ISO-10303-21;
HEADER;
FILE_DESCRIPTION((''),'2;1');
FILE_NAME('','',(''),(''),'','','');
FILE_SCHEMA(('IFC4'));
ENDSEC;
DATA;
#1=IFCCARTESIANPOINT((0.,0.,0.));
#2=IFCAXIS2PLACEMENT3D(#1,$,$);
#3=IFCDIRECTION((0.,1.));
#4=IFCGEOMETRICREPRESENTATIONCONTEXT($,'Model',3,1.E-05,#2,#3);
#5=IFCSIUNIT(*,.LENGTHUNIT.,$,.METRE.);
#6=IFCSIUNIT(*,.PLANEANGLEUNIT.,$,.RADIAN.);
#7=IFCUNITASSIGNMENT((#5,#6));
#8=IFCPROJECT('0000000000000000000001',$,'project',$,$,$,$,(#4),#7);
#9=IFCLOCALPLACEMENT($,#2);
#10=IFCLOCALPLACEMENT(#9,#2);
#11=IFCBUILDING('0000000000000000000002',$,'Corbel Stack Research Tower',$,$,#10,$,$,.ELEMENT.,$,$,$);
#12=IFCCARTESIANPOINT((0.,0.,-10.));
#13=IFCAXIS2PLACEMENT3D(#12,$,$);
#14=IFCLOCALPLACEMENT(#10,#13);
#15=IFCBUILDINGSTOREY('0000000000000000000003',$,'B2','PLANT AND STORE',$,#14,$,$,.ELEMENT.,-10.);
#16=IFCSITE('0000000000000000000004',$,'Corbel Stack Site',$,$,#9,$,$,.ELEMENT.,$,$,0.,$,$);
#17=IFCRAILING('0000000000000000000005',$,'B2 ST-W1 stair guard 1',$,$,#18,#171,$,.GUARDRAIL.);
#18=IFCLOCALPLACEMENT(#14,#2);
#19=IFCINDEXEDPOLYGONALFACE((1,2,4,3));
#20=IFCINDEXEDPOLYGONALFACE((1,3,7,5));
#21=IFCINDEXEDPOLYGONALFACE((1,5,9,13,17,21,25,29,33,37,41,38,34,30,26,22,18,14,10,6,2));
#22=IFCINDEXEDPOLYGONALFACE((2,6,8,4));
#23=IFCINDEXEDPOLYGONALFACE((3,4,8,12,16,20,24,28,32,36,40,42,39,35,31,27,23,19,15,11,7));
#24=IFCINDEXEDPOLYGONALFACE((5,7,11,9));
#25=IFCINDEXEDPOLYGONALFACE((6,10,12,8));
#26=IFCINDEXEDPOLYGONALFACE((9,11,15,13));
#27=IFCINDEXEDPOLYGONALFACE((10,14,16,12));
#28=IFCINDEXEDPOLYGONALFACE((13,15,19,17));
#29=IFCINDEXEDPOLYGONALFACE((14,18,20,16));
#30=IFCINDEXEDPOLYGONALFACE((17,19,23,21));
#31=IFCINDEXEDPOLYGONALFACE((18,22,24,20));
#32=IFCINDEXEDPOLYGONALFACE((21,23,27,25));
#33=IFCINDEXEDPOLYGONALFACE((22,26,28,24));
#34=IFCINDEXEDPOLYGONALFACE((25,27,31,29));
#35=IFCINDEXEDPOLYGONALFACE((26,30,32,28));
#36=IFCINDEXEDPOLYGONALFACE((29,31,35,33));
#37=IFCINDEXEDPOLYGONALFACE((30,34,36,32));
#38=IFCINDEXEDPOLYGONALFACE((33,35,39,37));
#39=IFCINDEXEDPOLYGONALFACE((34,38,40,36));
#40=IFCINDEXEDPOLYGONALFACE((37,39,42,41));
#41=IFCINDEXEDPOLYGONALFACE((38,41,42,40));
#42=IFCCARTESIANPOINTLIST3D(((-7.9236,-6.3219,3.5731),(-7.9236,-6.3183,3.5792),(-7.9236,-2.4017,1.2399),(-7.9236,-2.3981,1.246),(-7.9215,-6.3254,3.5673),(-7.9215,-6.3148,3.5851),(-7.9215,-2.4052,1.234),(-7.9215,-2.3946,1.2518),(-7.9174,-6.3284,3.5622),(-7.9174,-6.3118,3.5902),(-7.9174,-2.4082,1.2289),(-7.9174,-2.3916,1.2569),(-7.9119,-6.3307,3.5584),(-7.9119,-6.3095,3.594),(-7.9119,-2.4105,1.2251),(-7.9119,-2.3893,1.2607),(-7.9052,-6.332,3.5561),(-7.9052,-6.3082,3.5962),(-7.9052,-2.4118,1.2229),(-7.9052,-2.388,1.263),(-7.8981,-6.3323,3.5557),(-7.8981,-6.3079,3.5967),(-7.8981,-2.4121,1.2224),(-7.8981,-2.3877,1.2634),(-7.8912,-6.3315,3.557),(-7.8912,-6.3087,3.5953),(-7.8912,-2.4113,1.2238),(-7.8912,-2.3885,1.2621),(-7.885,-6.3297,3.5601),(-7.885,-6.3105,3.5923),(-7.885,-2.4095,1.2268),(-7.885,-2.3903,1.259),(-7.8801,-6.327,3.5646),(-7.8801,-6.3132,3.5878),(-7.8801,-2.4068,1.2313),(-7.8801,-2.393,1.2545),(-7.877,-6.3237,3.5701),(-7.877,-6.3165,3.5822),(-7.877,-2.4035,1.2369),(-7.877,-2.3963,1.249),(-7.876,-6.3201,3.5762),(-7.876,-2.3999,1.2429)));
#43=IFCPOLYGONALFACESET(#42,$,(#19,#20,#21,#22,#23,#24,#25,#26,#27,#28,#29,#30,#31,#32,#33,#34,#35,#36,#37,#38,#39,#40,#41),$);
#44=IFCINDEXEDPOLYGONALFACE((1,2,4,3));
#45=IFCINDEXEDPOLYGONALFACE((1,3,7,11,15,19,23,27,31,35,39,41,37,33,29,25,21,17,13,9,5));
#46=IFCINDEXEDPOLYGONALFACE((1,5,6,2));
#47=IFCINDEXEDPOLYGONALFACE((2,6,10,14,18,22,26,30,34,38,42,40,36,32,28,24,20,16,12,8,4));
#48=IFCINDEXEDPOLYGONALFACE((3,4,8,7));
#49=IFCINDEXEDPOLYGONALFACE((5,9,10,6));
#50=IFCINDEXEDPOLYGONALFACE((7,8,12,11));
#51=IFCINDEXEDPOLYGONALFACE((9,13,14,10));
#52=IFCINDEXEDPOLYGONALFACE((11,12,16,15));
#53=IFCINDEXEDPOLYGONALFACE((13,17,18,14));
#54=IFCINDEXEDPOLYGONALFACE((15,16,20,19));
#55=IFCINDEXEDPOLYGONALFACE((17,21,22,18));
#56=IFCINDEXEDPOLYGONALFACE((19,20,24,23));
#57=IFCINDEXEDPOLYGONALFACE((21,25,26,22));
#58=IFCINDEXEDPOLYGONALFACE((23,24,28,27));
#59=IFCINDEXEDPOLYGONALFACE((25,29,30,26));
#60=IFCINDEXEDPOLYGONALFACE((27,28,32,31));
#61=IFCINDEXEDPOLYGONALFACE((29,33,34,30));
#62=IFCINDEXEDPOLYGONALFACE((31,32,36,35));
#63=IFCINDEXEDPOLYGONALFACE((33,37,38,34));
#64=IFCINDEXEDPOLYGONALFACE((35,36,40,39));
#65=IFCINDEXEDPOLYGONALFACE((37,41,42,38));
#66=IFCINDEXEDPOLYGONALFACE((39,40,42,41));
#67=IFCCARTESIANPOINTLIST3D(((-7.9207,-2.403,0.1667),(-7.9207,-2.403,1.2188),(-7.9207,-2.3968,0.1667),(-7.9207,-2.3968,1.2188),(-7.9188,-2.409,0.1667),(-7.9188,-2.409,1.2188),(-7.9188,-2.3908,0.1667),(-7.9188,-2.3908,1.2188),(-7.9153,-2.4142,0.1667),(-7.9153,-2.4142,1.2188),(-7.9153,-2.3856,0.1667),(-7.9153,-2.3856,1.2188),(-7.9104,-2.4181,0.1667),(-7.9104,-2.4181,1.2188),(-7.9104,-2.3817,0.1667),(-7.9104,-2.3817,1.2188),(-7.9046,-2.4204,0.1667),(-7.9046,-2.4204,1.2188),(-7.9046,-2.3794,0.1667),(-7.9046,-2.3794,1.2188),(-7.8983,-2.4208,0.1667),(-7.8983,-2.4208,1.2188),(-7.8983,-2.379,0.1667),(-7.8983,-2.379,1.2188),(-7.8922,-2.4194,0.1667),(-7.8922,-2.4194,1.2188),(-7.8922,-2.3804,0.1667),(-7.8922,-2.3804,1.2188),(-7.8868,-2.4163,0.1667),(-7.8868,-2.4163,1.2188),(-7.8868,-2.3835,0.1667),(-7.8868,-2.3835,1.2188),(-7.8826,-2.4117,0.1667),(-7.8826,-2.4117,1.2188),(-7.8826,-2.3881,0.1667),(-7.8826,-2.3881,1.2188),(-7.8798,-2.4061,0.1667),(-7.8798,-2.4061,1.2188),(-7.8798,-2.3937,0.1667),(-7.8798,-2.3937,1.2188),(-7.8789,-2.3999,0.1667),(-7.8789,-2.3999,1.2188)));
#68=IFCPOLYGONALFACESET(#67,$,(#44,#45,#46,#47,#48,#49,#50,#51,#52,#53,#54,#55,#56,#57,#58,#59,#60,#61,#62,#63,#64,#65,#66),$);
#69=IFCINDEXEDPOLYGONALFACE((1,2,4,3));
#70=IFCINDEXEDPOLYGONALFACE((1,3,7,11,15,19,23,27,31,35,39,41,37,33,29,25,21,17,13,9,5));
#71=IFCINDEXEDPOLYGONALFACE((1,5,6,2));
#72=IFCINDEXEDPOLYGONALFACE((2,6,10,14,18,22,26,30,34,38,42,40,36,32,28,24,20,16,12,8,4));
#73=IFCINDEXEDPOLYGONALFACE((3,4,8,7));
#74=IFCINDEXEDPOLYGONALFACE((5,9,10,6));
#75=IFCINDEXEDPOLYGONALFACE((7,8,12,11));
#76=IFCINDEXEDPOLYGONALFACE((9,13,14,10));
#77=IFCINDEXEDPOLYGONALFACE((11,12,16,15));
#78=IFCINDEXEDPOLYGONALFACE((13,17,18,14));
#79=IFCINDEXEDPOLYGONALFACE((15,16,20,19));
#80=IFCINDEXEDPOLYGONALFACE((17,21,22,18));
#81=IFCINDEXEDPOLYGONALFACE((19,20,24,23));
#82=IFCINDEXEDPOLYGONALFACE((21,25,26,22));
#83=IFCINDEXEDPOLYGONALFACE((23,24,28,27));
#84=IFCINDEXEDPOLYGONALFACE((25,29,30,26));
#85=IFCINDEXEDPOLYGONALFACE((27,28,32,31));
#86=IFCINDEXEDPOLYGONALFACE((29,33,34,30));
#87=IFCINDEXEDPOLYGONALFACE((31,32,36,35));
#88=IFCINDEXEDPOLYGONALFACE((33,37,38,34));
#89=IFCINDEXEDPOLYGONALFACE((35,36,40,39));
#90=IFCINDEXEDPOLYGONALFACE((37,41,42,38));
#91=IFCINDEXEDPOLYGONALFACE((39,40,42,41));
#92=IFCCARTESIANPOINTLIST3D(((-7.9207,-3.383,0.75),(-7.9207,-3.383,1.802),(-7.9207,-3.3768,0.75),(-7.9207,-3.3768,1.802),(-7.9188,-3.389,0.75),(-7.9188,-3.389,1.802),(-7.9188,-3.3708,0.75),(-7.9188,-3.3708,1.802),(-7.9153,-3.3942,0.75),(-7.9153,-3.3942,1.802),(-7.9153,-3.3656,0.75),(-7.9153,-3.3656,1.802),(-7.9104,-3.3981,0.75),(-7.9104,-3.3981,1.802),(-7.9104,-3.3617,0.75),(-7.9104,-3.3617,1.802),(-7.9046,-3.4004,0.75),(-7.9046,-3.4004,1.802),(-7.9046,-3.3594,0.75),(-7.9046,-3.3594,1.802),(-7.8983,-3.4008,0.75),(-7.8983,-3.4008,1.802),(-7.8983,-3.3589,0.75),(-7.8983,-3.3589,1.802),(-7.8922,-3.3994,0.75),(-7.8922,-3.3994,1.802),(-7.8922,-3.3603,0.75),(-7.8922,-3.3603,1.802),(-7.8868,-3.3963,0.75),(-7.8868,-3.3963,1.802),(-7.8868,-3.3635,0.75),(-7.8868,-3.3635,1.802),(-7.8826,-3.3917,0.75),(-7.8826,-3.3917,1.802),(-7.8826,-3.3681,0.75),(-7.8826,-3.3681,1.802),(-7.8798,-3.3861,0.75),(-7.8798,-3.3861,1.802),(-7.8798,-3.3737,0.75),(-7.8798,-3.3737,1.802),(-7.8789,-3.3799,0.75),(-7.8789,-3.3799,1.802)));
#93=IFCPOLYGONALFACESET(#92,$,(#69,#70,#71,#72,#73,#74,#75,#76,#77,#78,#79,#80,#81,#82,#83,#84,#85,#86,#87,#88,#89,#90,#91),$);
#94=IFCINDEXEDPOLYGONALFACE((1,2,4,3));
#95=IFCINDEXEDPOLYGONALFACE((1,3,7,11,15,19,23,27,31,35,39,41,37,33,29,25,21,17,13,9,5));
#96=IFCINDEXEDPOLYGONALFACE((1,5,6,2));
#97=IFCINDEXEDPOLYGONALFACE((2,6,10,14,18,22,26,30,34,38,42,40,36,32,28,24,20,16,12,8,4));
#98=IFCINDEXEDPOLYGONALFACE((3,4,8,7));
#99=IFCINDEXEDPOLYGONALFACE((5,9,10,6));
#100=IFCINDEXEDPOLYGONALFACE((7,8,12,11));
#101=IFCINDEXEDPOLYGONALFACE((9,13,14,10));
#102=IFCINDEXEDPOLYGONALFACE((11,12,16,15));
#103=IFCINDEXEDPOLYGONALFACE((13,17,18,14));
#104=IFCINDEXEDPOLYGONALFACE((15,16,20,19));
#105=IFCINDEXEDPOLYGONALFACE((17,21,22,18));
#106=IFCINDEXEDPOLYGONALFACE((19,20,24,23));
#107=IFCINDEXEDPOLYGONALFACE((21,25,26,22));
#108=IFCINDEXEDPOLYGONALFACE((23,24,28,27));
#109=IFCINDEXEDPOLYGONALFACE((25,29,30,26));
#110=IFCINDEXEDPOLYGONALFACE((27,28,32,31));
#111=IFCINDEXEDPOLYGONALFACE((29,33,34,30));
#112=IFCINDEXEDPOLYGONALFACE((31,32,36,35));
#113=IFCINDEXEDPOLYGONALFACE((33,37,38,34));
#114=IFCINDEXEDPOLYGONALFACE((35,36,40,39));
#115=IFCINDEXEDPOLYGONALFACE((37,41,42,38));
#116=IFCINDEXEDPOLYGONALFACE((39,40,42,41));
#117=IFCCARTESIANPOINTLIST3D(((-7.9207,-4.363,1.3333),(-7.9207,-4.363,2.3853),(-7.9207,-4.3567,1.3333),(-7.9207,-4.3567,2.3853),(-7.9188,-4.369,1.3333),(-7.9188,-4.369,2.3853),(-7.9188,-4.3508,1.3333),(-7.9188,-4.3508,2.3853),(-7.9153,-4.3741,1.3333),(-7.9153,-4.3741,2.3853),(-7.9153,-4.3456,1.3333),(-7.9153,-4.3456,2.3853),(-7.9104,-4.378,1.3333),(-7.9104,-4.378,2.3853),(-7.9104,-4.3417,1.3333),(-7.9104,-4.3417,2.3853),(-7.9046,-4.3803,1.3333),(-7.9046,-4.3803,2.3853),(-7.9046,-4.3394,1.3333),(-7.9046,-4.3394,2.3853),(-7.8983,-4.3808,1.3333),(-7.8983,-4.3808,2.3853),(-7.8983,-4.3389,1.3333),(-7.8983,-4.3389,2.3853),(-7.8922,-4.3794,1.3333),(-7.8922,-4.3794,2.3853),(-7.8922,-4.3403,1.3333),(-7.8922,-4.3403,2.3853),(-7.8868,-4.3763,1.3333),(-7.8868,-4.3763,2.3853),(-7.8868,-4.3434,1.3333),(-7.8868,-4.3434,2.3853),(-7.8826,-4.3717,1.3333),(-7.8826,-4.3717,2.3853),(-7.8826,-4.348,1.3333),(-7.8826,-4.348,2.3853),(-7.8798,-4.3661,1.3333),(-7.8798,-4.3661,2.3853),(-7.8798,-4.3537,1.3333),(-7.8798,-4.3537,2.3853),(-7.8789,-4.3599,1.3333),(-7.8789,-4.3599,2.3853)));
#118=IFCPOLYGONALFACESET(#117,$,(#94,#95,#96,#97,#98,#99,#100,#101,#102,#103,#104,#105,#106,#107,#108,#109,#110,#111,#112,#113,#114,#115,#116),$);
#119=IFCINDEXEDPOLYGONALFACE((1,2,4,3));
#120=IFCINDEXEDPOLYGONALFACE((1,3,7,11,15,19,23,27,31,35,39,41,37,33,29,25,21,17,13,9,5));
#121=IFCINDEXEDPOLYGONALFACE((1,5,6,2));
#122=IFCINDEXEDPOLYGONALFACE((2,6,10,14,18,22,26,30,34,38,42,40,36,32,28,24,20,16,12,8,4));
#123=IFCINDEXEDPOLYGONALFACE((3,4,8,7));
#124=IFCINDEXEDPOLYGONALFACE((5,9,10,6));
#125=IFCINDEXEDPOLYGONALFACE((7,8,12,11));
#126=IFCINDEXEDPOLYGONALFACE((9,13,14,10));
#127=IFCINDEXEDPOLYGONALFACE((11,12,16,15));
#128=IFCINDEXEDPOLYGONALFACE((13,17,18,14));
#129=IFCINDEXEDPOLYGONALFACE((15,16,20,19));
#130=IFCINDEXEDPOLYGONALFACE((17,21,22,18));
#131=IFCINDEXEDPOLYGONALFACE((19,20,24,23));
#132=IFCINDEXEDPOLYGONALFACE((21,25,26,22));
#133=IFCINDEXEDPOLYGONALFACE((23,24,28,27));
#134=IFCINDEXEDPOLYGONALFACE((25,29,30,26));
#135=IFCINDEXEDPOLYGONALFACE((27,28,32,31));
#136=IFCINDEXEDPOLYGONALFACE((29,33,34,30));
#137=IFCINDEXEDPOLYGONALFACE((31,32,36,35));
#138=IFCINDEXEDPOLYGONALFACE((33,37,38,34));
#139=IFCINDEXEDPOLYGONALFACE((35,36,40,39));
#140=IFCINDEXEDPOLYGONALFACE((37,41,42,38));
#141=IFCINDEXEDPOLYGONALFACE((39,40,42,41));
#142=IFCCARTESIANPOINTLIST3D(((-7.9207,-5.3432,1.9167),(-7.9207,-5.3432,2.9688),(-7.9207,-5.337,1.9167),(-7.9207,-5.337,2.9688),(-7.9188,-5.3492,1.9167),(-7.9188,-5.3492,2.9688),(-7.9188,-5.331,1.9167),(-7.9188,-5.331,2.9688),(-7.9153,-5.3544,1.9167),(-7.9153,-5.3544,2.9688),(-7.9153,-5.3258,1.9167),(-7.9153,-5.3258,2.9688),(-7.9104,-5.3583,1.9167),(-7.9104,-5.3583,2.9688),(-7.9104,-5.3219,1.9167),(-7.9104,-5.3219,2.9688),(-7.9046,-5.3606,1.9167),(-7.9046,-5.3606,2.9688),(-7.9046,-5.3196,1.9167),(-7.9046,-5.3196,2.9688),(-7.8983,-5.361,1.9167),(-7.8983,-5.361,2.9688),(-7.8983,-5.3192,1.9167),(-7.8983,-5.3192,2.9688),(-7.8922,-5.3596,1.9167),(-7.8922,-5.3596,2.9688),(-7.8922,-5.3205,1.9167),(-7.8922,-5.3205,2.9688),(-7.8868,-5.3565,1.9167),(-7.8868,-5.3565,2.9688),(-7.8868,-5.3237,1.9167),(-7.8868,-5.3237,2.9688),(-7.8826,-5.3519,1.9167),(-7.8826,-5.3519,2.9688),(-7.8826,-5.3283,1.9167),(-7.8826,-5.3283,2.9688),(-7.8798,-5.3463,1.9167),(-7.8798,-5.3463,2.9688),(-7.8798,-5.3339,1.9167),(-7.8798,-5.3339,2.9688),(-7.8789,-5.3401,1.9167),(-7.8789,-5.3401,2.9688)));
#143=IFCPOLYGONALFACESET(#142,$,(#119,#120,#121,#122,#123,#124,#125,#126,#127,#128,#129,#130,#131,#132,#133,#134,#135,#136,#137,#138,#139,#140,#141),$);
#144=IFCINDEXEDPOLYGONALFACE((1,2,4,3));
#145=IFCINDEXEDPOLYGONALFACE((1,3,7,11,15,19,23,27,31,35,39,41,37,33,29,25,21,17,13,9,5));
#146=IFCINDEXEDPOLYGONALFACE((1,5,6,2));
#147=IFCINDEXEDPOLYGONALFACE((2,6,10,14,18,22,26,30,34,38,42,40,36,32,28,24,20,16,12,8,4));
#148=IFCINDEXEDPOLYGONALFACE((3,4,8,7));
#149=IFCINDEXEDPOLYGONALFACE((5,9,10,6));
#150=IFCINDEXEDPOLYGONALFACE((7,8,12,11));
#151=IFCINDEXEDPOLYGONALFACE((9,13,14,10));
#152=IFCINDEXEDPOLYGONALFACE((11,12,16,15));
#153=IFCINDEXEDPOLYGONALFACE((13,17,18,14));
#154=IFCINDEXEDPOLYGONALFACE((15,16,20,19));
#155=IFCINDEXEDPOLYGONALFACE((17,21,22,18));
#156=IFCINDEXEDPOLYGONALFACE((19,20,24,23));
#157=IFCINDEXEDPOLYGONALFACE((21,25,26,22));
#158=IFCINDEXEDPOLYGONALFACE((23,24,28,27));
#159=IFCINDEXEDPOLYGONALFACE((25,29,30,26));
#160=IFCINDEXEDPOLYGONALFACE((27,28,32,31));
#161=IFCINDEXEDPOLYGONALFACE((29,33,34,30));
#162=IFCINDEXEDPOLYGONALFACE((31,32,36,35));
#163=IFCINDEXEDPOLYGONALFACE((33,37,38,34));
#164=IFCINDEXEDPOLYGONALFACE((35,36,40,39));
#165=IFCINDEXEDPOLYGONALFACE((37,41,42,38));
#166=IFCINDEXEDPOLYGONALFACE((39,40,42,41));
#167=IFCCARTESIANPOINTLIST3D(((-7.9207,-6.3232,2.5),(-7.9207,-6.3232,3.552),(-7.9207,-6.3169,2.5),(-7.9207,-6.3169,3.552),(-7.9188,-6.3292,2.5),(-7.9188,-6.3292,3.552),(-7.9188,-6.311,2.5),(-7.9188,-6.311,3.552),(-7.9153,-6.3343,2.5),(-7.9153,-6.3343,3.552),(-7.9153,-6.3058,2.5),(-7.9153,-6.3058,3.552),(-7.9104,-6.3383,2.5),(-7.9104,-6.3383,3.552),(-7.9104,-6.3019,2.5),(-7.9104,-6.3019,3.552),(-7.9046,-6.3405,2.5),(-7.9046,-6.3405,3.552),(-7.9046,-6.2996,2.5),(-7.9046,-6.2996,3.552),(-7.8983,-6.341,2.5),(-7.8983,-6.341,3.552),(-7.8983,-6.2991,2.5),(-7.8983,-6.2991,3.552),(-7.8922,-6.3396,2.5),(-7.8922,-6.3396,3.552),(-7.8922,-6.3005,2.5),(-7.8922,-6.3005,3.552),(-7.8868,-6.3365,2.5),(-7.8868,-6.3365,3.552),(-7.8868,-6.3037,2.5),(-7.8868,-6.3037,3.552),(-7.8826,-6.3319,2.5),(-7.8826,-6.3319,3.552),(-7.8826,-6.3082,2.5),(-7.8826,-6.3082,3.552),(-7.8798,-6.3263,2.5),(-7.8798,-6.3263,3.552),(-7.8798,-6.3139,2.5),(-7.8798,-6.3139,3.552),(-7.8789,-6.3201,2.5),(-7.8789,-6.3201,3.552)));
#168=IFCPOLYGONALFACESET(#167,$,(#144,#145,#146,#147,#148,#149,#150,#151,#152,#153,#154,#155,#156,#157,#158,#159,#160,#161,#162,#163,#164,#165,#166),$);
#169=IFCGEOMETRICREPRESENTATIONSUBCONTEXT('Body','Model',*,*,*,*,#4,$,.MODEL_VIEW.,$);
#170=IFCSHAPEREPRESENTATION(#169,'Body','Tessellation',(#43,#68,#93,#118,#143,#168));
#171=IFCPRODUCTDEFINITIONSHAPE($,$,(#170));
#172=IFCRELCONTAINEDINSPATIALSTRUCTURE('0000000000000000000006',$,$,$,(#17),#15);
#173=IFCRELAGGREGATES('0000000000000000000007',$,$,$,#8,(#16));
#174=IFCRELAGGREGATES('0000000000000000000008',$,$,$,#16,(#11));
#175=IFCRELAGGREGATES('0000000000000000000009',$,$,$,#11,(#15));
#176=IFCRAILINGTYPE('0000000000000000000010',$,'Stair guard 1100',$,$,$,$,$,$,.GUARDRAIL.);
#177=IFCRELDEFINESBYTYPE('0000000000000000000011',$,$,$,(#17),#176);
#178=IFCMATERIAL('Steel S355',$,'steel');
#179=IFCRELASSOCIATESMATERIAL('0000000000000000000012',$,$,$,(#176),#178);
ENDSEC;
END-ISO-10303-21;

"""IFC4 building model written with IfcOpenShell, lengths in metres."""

from ifc_helpers import new_model, si_unit, direction, frame, origin, origin_2d, place, context, subcontext, project, spatial, circle, extrude, material, type_object, element, save


model = new_model("IFC4")

# Units and contexts
model_context = context("Model", 3, precision=1e-05, world=origin(), true_north=direction((0.0, 1.0)))
body_context = subcontext(model_context, "Body", "Model", "MODEL_VIEW")
ifc_project = project(units=[si_unit("LENGTHUNIT", "METRE"), si_unit("PLANEANGLEUNIT", "RADIAN")], contexts=[model_context])

# Site, building, storey
site_placement = place(None, origin())
site = spatial("IfcSite", under=ifc_project, at=site_placement, Name="Corbel Stack Site", CompositionType="ELEMENT", RefElevation=0.0)
building_placement = place(site_placement, origin())
building = spatial("IfcBuilding", under=site, at=building_placement, Name="Corbel Stack Research Tower", CompositionType="ELEMENT")
storey_placement = place(building_placement, frame((0.0, 0.0, -10.0)))
storey = spatial("IfcBuildingStorey", under=building, at=storey_placement, Name="B2", Description="PLANT AND STORE", CompositionType="ELEMENT", Elevation=-10.0)

# Railing
ifc_material_1 = material(Name="Steel S355", Category="steel")
railing_type_1 = type_object("IfcRailingType", Name="Stair guard 1100", PredefinedType="GUARDRAIL", material=ifc_material_1)
railing_1_placement = place(storey_placement, frame((-7.8999, -2.3999, 0.1667)))
element("IfcRailing", 1, at=railing_1_placement, inside=storey, type_object=railing_type_1, Name="B2 ST-W1 stair guard 1", PredefinedType="GUARDRAIL", context=body_context, shape_type="SweptSolid", body=[
    extrude(circle(Radius=0.0239, at=origin_2d()), frame((0.0, 0.0, 1.0762), z_axis=(0.0, -0.85931, 0.511455), x_axis=(1.0, 0.0, 0.0)), (0.0, 0.0, 1.0), 4.562),
    extrude(circle(Radius=0.021, at=origin_2d()), origin(), (0.0, 0.0, 1.0), 1.052),
    extrude(circle(Radius=0.021, at=origin_2d()), frame((0.0, -0.98, 0.5833)), (0.0, 0.0, 1.0), 1.052),
    extrude(circle(Radius=0.021, at=origin_2d()), frame((0.0, -1.96, 1.1665)), (0.0, 0.0, 1.0), 1.052),
    extrude(circle(Radius=0.021, at=origin_2d()), frame((0.0, -2.9402, 1.75)), (0.0, 0.0, 1.0), 1.052),
    extrude(circle(Radius=0.021, at=origin_2d()), frame((0.0, -3.9202, 2.3333)), (0.0, 0.0, 1.0), 1.052),
])

save(model, "model.ifc")
